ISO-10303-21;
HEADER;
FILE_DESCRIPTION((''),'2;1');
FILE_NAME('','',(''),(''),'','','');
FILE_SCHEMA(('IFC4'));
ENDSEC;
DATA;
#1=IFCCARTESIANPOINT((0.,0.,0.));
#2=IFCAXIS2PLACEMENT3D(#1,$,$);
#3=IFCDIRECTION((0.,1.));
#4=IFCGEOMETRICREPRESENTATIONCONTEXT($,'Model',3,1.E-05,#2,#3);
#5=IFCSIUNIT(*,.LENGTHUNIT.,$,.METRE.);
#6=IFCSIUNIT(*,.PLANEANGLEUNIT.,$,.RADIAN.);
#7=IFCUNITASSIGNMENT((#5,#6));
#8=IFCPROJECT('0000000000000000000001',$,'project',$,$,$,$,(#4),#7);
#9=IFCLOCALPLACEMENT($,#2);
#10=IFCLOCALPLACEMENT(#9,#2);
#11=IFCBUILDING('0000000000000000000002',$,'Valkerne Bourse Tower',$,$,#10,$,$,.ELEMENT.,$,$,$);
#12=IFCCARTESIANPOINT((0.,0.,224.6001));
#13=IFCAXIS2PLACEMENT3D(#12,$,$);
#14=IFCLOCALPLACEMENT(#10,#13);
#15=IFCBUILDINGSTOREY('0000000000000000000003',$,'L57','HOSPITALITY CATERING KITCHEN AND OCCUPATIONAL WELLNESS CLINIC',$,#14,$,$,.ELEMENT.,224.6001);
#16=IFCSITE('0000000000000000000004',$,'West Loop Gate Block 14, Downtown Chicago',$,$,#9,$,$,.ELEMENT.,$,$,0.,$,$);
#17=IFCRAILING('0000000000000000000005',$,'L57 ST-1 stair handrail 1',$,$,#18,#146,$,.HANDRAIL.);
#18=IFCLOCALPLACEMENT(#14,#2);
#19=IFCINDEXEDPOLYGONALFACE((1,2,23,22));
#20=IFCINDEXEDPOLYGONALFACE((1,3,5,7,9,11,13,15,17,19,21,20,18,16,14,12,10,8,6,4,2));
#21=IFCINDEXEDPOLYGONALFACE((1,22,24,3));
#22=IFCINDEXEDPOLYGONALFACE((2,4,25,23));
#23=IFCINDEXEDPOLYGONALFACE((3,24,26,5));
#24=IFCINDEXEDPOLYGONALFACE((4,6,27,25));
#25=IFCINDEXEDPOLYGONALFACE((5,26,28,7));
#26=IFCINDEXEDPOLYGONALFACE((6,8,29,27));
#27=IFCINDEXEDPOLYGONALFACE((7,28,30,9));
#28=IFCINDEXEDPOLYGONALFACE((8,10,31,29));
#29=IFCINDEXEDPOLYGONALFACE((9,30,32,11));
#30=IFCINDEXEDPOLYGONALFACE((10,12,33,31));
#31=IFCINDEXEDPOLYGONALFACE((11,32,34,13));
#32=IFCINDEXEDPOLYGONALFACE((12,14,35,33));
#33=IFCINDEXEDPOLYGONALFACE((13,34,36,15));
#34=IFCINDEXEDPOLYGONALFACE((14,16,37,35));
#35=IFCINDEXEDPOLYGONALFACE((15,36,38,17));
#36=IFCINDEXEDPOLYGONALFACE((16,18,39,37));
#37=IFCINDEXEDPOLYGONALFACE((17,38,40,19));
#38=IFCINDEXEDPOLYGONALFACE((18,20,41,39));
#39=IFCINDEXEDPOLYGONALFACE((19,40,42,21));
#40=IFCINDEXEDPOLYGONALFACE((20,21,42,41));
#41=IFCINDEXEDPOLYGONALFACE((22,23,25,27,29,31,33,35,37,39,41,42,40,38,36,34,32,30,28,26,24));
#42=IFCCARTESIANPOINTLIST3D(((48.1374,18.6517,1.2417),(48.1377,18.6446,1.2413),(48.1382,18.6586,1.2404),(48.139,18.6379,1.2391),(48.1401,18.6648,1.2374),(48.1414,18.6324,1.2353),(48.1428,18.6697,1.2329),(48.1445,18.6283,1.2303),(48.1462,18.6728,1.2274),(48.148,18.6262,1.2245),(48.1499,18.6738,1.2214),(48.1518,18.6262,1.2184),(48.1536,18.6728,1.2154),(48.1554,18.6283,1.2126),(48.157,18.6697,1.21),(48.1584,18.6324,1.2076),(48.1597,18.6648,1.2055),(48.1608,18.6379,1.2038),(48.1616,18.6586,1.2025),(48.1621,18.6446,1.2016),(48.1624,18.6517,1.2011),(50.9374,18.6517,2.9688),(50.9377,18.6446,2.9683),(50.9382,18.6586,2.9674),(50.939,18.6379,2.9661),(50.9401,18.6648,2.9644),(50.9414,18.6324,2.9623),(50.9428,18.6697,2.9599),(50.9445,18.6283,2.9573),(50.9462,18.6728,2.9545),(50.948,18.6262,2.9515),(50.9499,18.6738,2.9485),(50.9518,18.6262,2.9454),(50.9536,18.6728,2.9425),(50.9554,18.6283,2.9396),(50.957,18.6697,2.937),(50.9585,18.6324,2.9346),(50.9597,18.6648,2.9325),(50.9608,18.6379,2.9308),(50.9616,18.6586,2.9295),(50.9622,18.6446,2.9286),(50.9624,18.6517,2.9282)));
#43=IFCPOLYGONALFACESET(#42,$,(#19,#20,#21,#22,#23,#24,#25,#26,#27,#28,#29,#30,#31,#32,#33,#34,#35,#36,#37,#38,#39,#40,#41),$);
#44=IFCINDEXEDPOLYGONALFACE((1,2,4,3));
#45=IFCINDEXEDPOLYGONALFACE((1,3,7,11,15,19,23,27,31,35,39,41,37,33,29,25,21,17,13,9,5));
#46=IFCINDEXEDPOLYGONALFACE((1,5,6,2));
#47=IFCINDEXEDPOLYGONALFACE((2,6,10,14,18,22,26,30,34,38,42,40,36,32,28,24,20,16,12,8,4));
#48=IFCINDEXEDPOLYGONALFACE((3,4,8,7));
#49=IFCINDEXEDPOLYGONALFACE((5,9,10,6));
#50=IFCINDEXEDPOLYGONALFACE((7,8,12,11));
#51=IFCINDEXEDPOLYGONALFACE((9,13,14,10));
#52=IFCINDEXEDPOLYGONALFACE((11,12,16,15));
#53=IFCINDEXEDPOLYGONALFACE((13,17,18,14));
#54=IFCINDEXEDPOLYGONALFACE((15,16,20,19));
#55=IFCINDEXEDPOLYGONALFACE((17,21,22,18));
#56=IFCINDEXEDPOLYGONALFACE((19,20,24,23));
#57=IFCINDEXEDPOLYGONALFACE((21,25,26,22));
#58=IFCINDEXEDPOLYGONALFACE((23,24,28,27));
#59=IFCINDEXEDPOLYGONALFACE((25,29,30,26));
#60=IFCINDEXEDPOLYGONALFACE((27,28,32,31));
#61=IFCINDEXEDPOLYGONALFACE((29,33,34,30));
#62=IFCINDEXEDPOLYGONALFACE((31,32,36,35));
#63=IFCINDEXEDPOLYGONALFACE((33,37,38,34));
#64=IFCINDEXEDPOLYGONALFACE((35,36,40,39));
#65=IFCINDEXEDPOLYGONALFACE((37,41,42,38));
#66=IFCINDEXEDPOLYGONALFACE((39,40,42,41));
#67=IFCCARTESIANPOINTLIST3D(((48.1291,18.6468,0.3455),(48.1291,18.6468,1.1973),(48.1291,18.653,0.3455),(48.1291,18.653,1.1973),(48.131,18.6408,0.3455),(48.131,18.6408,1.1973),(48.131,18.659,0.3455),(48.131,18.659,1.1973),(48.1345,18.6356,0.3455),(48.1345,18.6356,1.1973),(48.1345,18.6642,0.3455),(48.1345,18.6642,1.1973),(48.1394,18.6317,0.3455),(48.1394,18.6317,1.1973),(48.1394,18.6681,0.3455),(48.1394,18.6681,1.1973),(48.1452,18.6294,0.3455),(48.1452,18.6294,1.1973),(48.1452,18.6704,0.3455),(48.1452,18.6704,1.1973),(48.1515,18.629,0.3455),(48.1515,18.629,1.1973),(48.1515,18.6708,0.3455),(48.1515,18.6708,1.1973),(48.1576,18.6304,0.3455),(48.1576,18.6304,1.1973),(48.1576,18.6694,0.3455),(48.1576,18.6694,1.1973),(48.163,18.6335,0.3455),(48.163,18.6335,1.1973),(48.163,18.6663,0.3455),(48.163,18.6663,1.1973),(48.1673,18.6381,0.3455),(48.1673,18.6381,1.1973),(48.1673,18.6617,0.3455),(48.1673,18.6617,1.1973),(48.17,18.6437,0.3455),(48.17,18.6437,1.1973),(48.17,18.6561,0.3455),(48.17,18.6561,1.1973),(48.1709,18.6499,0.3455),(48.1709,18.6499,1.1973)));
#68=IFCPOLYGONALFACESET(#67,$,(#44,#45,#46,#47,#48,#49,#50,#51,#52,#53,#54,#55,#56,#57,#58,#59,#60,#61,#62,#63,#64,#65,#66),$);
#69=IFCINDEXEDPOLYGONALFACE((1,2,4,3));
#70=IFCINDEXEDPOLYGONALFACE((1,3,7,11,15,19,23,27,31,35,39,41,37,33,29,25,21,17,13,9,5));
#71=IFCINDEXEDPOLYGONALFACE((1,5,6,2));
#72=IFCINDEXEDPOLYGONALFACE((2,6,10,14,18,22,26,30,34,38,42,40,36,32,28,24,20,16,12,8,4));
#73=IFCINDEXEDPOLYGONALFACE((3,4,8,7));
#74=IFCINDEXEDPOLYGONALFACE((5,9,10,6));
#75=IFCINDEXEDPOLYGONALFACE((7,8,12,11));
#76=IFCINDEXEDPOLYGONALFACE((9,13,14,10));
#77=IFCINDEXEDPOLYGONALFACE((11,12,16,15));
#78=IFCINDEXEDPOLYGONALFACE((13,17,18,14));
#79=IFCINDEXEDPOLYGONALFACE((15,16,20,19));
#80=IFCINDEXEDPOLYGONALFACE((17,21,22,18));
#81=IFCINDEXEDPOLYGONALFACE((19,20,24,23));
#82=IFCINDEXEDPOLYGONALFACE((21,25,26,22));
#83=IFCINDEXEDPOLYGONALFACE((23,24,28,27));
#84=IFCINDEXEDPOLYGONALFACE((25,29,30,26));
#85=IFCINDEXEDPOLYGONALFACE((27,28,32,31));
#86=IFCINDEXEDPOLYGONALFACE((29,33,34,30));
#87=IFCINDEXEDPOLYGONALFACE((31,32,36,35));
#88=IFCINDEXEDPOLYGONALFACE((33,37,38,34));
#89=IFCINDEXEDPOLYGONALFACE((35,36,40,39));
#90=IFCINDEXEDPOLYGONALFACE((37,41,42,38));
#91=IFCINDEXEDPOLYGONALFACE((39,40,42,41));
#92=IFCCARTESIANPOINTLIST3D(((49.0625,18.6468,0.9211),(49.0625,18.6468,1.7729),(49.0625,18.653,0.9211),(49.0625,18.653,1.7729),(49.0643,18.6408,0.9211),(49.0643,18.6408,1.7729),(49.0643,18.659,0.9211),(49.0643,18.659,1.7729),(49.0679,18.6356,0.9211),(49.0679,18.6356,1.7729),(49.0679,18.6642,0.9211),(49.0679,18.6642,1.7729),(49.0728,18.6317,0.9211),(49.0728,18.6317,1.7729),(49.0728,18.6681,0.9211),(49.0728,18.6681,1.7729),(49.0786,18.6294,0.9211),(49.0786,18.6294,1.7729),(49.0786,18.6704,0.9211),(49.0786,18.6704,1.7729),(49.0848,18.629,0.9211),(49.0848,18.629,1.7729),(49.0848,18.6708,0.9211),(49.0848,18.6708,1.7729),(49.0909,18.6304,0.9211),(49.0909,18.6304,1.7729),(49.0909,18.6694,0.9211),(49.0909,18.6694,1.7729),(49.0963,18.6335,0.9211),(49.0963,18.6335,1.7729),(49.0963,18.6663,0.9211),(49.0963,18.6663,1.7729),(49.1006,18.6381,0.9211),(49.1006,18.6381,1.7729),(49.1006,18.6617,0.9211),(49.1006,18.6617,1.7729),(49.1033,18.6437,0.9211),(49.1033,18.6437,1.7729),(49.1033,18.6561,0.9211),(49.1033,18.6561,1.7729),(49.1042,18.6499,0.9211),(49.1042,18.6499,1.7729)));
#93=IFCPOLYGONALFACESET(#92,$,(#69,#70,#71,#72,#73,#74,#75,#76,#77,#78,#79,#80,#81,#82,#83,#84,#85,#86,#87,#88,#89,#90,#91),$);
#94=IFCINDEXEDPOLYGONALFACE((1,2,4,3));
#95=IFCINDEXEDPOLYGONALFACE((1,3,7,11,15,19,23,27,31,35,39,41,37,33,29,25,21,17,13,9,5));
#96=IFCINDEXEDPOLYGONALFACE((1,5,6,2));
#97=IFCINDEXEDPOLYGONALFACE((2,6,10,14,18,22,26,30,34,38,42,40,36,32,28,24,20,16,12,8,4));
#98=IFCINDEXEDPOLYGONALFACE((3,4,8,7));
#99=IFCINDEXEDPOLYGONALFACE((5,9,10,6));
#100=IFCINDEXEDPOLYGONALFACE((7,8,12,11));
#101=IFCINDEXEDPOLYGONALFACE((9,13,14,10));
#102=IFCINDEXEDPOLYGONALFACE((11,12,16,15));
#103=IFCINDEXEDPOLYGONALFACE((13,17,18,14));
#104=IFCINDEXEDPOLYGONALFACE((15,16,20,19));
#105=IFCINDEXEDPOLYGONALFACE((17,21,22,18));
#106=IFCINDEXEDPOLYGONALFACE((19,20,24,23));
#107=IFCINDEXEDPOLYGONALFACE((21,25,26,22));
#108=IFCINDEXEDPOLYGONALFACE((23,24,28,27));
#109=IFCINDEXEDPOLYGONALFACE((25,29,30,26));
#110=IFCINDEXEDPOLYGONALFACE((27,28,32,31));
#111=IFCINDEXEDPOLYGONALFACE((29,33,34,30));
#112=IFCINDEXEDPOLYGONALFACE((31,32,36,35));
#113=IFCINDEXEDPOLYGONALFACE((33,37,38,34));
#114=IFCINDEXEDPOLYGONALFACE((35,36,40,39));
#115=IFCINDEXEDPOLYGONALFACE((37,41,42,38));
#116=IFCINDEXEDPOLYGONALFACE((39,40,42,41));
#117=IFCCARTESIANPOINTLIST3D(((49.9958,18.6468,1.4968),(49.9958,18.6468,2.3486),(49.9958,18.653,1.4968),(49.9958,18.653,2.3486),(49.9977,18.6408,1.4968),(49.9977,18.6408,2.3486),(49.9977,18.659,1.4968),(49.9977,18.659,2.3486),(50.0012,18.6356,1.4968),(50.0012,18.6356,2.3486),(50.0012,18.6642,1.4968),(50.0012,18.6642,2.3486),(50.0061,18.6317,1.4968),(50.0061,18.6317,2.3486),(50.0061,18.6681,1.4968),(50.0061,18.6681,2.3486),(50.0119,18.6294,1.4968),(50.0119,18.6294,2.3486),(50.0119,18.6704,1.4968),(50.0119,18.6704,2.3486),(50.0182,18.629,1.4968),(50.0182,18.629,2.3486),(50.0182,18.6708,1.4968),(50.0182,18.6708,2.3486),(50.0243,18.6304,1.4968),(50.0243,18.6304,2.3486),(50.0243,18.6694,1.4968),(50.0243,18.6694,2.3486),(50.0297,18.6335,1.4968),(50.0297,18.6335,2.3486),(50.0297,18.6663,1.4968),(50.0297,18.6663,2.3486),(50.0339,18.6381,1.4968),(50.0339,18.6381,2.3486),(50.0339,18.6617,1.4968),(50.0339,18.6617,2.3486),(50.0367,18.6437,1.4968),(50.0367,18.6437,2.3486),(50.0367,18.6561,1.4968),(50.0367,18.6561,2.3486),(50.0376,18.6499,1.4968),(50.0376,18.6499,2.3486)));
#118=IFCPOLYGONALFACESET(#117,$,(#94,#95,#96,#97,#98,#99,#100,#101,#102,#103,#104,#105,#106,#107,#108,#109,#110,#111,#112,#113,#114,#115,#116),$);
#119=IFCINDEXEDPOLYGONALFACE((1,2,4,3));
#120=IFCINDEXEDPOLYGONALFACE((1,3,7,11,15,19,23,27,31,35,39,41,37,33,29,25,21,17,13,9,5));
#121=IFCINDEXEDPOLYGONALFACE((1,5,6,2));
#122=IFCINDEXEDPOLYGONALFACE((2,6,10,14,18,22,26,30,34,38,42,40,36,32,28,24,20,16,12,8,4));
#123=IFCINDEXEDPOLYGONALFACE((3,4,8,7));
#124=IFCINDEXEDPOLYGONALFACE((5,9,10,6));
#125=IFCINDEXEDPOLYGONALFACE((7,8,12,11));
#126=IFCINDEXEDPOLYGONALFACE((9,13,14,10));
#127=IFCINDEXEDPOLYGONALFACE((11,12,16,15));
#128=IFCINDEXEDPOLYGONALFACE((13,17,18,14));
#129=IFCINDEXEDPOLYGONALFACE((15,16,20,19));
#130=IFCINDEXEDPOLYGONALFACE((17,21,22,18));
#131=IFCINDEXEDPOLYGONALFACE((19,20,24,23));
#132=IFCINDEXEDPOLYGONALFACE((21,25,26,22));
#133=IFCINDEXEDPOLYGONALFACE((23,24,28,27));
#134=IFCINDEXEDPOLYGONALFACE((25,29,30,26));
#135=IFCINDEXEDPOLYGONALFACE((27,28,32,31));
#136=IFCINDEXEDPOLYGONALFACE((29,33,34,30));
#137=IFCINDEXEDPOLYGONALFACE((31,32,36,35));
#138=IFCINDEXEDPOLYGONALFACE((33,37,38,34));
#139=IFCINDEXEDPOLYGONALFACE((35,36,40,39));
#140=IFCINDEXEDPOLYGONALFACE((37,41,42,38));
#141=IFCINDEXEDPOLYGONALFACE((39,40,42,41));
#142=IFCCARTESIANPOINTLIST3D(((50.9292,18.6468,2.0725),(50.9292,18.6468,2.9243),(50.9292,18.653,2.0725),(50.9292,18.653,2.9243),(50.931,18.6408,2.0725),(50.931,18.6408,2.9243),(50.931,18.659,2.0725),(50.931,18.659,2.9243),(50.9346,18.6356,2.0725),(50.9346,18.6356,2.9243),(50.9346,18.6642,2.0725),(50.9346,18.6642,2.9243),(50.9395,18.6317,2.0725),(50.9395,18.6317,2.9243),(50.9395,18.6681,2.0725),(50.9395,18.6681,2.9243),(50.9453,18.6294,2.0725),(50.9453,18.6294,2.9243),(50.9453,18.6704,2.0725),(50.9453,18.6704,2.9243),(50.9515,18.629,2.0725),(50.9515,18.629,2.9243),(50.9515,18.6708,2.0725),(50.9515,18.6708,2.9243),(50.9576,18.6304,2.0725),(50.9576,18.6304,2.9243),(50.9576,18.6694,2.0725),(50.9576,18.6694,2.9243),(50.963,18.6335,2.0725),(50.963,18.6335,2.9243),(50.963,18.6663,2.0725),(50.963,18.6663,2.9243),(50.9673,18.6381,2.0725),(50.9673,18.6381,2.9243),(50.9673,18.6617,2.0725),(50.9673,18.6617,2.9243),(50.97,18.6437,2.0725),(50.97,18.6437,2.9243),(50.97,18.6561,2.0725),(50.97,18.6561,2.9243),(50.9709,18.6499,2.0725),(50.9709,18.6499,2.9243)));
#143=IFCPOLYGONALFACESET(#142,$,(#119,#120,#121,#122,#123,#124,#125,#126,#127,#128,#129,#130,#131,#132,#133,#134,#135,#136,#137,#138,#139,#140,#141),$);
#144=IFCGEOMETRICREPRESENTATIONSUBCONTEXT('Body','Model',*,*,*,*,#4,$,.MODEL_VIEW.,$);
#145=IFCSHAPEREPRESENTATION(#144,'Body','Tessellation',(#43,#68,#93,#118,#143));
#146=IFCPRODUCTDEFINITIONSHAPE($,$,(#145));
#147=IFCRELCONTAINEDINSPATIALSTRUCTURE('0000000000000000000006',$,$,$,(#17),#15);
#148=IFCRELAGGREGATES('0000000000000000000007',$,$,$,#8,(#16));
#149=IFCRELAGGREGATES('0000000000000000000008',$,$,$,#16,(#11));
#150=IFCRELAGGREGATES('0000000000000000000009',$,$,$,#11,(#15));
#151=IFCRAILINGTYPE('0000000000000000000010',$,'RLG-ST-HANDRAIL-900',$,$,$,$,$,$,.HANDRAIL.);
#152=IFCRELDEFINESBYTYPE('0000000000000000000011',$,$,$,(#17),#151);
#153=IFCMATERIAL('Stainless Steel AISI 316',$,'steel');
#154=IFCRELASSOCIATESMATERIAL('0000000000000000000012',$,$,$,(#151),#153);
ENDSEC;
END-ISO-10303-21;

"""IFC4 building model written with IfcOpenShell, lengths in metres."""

from ifc_helpers import new_model, si_unit, direction, frame, origin, origin_2d, place, context, subcontext, project, spatial, circle, extrude, material, type_object, element, save


model = new_model("IFC4")

# Units and contexts
model_context = context("Model", 3, precision=1e-05, world=origin(), true_north=direction((0.0, 1.0)))
body_context = subcontext(model_context, "Body", "Model", "MODEL_VIEW")
ifc_project = project(units=[si_unit("LENGTHUNIT", "METRE"), si_unit("PLANEANGLEUNIT", "RADIAN")], contexts=[model_context])

# Site, building, storey
site_placement = place(None, origin())
site = spatial("IfcSite", under=ifc_project, at=site_placement, Name="West Loop Gate Block 14, Downtown Chicago", CompositionType="ELEMENT", RefElevation=0.0)
building_placement = place(site_placement, origin())
building = spatial("IfcBuilding", under=site, at=building_placement, Name="Valkerne Bourse Tower", CompositionType="ELEMENT")
storey_placement = place(building_placement, frame((0.0, 0.0, 224.6001)))
storey = spatial("IfcBuildingStorey", under=building, at=storey_placement, Name="L57", Description="HOSPITALITY CATERING KITCHEN AND OCCUPATIONAL WELLNESS CLINIC", CompositionType="ELEMENT", Elevation=224.6001)

# Shared definitions
ifc_material_1 = material(Name="Stainless Steel AISI 316", Category="steel")

# Railing
railing_type_1 = type_object("IfcRailingType", Name="RLG-ST-HANDRAIL-900", PredefinedType="HANDRAIL", material=ifc_material_1)
railing_1_placement = place(storey_placement, frame((48.1499, 18.6499, 0.3455)))
element("IfcRailing", 1, at=railing_1_placement, inside=storey, type_object=railing_type_1, Name="L57 ST-1 stair handrail 1", PredefinedType="HANDRAIL", context=body_context, shape_type="SweptSolid", body=[
    extrude(circle(Radius=0.0239, at=origin_2d()), frame((0.0, 0.0, 0.876), z_axis=(0.851123, 0.0, 0.524967), x_axis=(0.0, 1.0, 0.0)), (0.0, 0.0, 1.0), 3.2898),
    extrude(circle(Radius=0.021, at=origin_2d()), origin(), (0.0, 0.0, 1.0), 0.8518),
    extrude(circle(Radius=0.021, at=origin_2d()), frame((0.9333, 0.0, 0.5757)), (0.0, 0.0, 1.0), 0.8518),
    extrude(circle(Radius=0.021, at=origin_2d()), frame((1.8667, 0.0, 1.1514)), (0.0, 0.0, 1.0), 0.8518),
    extrude(circle(Radius=0.021, at=origin_2d()), frame((2.8, 0.0, 1.7271)), (0.0, 0.0, 1.0), 0.8518),
])

save(model, "model.ifc")
